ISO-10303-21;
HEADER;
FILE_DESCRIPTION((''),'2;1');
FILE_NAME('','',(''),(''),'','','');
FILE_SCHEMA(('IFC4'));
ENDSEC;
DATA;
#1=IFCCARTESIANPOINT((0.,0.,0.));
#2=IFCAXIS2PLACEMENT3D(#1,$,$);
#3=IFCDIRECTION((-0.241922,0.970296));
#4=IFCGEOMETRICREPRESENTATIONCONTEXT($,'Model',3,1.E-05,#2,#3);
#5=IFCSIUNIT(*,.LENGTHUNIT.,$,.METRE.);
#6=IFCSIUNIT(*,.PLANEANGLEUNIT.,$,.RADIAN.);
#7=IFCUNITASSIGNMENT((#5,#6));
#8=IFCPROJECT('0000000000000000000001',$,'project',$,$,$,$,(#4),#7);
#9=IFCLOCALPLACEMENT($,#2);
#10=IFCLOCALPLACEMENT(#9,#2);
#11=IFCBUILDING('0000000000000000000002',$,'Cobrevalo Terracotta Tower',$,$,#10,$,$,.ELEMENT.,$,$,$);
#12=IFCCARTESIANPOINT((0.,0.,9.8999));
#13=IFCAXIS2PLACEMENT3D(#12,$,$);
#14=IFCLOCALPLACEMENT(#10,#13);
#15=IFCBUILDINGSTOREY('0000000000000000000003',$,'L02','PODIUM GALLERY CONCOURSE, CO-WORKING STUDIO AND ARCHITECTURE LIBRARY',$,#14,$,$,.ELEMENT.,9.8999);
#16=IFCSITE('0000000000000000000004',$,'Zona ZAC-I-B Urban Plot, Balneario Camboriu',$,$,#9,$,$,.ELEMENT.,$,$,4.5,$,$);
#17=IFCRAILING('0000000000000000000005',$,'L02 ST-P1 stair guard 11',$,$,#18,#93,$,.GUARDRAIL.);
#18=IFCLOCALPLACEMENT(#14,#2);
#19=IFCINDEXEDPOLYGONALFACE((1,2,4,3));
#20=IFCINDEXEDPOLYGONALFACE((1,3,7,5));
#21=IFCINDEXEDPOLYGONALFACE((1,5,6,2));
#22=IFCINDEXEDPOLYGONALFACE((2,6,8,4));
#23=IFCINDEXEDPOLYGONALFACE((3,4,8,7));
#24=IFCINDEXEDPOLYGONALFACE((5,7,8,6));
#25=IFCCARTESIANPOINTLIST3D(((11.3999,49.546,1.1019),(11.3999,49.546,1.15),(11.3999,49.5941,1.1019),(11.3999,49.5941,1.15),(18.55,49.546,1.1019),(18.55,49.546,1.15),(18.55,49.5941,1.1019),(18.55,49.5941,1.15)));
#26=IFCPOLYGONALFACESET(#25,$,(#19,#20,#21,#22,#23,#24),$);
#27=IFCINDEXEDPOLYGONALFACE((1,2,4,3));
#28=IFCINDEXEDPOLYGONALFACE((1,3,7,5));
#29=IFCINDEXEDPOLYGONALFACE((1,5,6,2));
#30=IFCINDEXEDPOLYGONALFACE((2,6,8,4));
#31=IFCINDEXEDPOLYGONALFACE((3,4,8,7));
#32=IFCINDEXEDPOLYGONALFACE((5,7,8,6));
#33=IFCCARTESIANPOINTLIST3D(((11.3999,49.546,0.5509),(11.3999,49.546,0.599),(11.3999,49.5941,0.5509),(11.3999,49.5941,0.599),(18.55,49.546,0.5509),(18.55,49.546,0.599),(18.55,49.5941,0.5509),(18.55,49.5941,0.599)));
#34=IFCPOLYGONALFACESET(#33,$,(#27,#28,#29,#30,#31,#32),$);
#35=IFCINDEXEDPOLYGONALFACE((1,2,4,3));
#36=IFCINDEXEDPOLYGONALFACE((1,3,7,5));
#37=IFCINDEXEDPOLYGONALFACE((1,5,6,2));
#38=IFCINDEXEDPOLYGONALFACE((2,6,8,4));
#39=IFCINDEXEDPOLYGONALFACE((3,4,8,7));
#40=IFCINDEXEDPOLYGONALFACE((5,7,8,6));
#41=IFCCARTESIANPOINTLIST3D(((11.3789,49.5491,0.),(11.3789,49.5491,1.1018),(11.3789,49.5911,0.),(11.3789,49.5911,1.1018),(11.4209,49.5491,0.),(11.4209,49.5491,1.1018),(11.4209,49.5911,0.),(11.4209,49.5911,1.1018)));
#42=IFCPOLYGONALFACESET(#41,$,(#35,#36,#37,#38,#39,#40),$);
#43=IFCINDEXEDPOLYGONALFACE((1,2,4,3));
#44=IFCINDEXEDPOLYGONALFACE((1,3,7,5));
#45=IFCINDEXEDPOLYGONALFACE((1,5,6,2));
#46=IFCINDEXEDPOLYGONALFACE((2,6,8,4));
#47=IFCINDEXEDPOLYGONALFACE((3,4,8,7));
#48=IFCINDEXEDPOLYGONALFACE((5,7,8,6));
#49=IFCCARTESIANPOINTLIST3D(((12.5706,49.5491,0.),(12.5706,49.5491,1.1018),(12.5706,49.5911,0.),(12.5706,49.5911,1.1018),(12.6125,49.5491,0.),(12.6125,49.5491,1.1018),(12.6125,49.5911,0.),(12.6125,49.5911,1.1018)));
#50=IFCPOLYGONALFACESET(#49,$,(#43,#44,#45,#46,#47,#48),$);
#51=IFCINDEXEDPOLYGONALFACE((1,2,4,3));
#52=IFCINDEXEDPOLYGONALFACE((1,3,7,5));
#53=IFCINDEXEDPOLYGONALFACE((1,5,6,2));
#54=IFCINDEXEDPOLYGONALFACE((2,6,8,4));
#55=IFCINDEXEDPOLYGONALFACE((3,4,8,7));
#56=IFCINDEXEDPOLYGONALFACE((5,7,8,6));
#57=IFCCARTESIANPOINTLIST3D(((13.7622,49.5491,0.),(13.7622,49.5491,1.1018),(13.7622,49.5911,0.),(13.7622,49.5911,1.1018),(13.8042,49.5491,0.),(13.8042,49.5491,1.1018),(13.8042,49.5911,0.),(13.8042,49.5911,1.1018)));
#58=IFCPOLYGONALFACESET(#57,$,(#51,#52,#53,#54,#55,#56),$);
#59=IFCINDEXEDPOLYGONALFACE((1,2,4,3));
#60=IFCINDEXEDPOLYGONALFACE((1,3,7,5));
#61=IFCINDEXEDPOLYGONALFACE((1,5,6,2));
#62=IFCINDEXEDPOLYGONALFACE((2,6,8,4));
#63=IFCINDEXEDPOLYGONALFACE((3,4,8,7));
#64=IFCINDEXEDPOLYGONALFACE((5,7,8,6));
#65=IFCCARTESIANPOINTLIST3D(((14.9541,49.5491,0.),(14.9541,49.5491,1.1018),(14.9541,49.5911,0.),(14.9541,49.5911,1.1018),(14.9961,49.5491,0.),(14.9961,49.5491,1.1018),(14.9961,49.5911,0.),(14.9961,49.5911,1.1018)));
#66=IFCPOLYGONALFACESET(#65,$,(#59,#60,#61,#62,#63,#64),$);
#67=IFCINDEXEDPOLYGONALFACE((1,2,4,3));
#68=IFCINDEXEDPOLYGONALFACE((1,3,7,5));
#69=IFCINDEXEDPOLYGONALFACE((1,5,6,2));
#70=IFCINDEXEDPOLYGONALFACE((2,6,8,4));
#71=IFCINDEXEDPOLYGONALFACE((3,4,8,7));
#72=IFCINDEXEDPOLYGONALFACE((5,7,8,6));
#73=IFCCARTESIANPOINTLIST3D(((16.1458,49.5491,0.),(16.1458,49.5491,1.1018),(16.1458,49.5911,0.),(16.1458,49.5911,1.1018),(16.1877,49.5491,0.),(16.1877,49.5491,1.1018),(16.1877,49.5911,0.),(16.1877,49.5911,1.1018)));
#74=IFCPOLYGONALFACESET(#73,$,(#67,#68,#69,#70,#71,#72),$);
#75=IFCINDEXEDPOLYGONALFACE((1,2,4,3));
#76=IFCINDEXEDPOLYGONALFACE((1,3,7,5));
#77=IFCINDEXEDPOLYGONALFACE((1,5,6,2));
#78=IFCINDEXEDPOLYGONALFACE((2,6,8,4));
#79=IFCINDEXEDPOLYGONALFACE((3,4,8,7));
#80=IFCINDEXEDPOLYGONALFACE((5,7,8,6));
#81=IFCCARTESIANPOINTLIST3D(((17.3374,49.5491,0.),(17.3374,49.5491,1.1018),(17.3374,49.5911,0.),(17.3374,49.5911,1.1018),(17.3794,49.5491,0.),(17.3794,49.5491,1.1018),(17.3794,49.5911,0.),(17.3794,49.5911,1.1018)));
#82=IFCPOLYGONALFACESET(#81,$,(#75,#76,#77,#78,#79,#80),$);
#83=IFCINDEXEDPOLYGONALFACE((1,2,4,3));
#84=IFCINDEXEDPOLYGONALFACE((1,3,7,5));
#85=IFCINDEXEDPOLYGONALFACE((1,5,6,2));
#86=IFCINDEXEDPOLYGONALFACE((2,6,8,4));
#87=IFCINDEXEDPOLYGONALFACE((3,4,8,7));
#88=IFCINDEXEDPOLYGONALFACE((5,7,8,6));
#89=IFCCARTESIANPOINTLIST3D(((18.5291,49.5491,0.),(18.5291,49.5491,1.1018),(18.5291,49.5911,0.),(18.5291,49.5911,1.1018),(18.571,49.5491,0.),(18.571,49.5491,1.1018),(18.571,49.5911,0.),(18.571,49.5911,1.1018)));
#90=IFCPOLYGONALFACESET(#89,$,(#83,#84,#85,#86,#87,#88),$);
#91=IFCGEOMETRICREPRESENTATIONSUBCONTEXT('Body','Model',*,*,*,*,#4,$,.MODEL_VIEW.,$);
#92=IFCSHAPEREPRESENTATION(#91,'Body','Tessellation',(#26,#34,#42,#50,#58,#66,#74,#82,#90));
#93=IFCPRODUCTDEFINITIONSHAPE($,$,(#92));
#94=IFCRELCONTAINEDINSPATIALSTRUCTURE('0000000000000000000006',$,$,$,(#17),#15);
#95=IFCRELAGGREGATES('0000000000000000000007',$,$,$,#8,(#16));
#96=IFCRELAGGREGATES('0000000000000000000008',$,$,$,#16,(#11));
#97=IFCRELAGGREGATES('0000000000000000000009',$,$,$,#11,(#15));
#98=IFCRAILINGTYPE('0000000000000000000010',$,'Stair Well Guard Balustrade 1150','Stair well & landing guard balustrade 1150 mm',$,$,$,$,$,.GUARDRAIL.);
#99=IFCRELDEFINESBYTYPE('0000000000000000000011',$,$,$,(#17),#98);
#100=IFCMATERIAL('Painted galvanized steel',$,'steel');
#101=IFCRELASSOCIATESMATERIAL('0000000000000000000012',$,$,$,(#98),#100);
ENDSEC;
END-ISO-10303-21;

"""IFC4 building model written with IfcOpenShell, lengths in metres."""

from ifc_helpers import new_model, si_unit, direction, frame, origin, origin_2d, place, context, subcontext, project, spatial, rectangle, extrude, material, type_object, element, save


model = new_model("IFC4")

# Units and contexts
model_context = context("Model", 3, precision=1e-05, world=origin(), true_north=direction((-0.241922, 0.970296)))
body_context = subcontext(model_context, "Body", "Model", "MODEL_VIEW")
ifc_project = project(units=[si_unit("LENGTHUNIT", "METRE"), si_unit("PLANEANGLEUNIT", "RADIAN")], contexts=[model_context])

# Site, building, storey
site_placement = place(None, origin())
site = spatial("IfcSite", under=ifc_project, at=site_placement, Name="Zona ZAC-I-B Urban Plot, Balneario Camboriu", CompositionType="ELEMENT", RefElevation=4.5)
building_placement = place(site_placement, origin())
building = spatial("IfcBuilding", under=site, at=building_placement, Name="Cobrevalo Terracotta Tower", CompositionType="ELEMENT")
storey_placement = place(building_placement, frame((0.0, 0.0, 9.8999)))
storey = spatial("IfcBuildingStorey", under=building, at=storey_placement, Name="L02", Description="PODIUM GALLERY CONCOURSE, CO-WORKING STUDIO AND ARCHITECTURE LIBRARY", CompositionType="ELEMENT", Elevation=9.8999)

# Railing
ifc_material_1 = material(Name="Painted galvanized steel", Category="steel")
railing_type_1 = type_object("IfcRailingType", Name="Stair Well Guard Balustrade 1150", Description="Stair well & landing guard balustrade 1150 mm", PredefinedType="GUARDRAIL", material=ifc_material_1)
railing_1_placement = place(storey_placement, frame((11.3999, 49.5701, 0.0)))
element("IfcRailing", 1, at=railing_1_placement, inside=storey, type_object=railing_type_1, Name="L02 ST-P1 stair guard 11", PredefinedType="GUARDRAIL", context=body_context, shape_type="SweptSolid", body=[
    extrude(rectangle(XDim=0.0481, YDim=0.0481, at=origin_2d()), frame((0.0, 0.0, 1.126), z_axis=(1.0, 0.0, 0.0), x_axis=(0.0, 1.0, 0.0)), (0.0, 0.0, 1.0), 7.1501),
    extrude(rectangle(XDim=0.0481, YDim=0.0481, at=origin_2d()), frame((0.0, 0.0, 0.575), z_axis=(1.0, 0.0, 0.0), x_axis=(0.0, 1.0, 0.0)), (0.0, 0.0, 1.0), 7.1501),
    extrude(rectangle(XDim=0.042, YDim=0.042, at=origin_2d()), origin(), (0.0, 0.0, 1.0), 1.1018),
    extrude(rectangle(XDim=0.042, YDim=0.042, at=origin_2d()), frame((1.1917, 0.0, 0.0)), (0.0, 0.0, 1.0), 1.1018),
    extrude(rectangle(XDim=0.042, YDim=0.042, at=origin_2d()), frame((2.3833, 0.0, 0.0)), (0.0, 0.0, 1.0), 1.1018),
    extrude(rectangle(XDim=0.042, YDim=0.042, at=origin_2d()), frame((3.5752, 0.0, 0.0)), (0.0, 0.0, 1.0), 1.1018),
    extrude(rectangle(XDim=0.042, YDim=0.042, at=origin_2d()), frame((4.7668, 0.0, 0.0)), (0.0, 0.0, 1.0), 1.1018),
    extrude(rectangle(XDim=0.042, YDim=0.042, at=origin_2d()), frame((5.9585, 0.0, 0.0)), (0.0, 0.0, 1.0), 1.1018),
    extrude(rectangle(XDim=0.042, YDim=0.042, at=origin_2d()), frame((7.1501, 0.0, 0.0)), (0.0, 0.0, 1.0), 1.1018),
])

save(model, "model.ifc")
